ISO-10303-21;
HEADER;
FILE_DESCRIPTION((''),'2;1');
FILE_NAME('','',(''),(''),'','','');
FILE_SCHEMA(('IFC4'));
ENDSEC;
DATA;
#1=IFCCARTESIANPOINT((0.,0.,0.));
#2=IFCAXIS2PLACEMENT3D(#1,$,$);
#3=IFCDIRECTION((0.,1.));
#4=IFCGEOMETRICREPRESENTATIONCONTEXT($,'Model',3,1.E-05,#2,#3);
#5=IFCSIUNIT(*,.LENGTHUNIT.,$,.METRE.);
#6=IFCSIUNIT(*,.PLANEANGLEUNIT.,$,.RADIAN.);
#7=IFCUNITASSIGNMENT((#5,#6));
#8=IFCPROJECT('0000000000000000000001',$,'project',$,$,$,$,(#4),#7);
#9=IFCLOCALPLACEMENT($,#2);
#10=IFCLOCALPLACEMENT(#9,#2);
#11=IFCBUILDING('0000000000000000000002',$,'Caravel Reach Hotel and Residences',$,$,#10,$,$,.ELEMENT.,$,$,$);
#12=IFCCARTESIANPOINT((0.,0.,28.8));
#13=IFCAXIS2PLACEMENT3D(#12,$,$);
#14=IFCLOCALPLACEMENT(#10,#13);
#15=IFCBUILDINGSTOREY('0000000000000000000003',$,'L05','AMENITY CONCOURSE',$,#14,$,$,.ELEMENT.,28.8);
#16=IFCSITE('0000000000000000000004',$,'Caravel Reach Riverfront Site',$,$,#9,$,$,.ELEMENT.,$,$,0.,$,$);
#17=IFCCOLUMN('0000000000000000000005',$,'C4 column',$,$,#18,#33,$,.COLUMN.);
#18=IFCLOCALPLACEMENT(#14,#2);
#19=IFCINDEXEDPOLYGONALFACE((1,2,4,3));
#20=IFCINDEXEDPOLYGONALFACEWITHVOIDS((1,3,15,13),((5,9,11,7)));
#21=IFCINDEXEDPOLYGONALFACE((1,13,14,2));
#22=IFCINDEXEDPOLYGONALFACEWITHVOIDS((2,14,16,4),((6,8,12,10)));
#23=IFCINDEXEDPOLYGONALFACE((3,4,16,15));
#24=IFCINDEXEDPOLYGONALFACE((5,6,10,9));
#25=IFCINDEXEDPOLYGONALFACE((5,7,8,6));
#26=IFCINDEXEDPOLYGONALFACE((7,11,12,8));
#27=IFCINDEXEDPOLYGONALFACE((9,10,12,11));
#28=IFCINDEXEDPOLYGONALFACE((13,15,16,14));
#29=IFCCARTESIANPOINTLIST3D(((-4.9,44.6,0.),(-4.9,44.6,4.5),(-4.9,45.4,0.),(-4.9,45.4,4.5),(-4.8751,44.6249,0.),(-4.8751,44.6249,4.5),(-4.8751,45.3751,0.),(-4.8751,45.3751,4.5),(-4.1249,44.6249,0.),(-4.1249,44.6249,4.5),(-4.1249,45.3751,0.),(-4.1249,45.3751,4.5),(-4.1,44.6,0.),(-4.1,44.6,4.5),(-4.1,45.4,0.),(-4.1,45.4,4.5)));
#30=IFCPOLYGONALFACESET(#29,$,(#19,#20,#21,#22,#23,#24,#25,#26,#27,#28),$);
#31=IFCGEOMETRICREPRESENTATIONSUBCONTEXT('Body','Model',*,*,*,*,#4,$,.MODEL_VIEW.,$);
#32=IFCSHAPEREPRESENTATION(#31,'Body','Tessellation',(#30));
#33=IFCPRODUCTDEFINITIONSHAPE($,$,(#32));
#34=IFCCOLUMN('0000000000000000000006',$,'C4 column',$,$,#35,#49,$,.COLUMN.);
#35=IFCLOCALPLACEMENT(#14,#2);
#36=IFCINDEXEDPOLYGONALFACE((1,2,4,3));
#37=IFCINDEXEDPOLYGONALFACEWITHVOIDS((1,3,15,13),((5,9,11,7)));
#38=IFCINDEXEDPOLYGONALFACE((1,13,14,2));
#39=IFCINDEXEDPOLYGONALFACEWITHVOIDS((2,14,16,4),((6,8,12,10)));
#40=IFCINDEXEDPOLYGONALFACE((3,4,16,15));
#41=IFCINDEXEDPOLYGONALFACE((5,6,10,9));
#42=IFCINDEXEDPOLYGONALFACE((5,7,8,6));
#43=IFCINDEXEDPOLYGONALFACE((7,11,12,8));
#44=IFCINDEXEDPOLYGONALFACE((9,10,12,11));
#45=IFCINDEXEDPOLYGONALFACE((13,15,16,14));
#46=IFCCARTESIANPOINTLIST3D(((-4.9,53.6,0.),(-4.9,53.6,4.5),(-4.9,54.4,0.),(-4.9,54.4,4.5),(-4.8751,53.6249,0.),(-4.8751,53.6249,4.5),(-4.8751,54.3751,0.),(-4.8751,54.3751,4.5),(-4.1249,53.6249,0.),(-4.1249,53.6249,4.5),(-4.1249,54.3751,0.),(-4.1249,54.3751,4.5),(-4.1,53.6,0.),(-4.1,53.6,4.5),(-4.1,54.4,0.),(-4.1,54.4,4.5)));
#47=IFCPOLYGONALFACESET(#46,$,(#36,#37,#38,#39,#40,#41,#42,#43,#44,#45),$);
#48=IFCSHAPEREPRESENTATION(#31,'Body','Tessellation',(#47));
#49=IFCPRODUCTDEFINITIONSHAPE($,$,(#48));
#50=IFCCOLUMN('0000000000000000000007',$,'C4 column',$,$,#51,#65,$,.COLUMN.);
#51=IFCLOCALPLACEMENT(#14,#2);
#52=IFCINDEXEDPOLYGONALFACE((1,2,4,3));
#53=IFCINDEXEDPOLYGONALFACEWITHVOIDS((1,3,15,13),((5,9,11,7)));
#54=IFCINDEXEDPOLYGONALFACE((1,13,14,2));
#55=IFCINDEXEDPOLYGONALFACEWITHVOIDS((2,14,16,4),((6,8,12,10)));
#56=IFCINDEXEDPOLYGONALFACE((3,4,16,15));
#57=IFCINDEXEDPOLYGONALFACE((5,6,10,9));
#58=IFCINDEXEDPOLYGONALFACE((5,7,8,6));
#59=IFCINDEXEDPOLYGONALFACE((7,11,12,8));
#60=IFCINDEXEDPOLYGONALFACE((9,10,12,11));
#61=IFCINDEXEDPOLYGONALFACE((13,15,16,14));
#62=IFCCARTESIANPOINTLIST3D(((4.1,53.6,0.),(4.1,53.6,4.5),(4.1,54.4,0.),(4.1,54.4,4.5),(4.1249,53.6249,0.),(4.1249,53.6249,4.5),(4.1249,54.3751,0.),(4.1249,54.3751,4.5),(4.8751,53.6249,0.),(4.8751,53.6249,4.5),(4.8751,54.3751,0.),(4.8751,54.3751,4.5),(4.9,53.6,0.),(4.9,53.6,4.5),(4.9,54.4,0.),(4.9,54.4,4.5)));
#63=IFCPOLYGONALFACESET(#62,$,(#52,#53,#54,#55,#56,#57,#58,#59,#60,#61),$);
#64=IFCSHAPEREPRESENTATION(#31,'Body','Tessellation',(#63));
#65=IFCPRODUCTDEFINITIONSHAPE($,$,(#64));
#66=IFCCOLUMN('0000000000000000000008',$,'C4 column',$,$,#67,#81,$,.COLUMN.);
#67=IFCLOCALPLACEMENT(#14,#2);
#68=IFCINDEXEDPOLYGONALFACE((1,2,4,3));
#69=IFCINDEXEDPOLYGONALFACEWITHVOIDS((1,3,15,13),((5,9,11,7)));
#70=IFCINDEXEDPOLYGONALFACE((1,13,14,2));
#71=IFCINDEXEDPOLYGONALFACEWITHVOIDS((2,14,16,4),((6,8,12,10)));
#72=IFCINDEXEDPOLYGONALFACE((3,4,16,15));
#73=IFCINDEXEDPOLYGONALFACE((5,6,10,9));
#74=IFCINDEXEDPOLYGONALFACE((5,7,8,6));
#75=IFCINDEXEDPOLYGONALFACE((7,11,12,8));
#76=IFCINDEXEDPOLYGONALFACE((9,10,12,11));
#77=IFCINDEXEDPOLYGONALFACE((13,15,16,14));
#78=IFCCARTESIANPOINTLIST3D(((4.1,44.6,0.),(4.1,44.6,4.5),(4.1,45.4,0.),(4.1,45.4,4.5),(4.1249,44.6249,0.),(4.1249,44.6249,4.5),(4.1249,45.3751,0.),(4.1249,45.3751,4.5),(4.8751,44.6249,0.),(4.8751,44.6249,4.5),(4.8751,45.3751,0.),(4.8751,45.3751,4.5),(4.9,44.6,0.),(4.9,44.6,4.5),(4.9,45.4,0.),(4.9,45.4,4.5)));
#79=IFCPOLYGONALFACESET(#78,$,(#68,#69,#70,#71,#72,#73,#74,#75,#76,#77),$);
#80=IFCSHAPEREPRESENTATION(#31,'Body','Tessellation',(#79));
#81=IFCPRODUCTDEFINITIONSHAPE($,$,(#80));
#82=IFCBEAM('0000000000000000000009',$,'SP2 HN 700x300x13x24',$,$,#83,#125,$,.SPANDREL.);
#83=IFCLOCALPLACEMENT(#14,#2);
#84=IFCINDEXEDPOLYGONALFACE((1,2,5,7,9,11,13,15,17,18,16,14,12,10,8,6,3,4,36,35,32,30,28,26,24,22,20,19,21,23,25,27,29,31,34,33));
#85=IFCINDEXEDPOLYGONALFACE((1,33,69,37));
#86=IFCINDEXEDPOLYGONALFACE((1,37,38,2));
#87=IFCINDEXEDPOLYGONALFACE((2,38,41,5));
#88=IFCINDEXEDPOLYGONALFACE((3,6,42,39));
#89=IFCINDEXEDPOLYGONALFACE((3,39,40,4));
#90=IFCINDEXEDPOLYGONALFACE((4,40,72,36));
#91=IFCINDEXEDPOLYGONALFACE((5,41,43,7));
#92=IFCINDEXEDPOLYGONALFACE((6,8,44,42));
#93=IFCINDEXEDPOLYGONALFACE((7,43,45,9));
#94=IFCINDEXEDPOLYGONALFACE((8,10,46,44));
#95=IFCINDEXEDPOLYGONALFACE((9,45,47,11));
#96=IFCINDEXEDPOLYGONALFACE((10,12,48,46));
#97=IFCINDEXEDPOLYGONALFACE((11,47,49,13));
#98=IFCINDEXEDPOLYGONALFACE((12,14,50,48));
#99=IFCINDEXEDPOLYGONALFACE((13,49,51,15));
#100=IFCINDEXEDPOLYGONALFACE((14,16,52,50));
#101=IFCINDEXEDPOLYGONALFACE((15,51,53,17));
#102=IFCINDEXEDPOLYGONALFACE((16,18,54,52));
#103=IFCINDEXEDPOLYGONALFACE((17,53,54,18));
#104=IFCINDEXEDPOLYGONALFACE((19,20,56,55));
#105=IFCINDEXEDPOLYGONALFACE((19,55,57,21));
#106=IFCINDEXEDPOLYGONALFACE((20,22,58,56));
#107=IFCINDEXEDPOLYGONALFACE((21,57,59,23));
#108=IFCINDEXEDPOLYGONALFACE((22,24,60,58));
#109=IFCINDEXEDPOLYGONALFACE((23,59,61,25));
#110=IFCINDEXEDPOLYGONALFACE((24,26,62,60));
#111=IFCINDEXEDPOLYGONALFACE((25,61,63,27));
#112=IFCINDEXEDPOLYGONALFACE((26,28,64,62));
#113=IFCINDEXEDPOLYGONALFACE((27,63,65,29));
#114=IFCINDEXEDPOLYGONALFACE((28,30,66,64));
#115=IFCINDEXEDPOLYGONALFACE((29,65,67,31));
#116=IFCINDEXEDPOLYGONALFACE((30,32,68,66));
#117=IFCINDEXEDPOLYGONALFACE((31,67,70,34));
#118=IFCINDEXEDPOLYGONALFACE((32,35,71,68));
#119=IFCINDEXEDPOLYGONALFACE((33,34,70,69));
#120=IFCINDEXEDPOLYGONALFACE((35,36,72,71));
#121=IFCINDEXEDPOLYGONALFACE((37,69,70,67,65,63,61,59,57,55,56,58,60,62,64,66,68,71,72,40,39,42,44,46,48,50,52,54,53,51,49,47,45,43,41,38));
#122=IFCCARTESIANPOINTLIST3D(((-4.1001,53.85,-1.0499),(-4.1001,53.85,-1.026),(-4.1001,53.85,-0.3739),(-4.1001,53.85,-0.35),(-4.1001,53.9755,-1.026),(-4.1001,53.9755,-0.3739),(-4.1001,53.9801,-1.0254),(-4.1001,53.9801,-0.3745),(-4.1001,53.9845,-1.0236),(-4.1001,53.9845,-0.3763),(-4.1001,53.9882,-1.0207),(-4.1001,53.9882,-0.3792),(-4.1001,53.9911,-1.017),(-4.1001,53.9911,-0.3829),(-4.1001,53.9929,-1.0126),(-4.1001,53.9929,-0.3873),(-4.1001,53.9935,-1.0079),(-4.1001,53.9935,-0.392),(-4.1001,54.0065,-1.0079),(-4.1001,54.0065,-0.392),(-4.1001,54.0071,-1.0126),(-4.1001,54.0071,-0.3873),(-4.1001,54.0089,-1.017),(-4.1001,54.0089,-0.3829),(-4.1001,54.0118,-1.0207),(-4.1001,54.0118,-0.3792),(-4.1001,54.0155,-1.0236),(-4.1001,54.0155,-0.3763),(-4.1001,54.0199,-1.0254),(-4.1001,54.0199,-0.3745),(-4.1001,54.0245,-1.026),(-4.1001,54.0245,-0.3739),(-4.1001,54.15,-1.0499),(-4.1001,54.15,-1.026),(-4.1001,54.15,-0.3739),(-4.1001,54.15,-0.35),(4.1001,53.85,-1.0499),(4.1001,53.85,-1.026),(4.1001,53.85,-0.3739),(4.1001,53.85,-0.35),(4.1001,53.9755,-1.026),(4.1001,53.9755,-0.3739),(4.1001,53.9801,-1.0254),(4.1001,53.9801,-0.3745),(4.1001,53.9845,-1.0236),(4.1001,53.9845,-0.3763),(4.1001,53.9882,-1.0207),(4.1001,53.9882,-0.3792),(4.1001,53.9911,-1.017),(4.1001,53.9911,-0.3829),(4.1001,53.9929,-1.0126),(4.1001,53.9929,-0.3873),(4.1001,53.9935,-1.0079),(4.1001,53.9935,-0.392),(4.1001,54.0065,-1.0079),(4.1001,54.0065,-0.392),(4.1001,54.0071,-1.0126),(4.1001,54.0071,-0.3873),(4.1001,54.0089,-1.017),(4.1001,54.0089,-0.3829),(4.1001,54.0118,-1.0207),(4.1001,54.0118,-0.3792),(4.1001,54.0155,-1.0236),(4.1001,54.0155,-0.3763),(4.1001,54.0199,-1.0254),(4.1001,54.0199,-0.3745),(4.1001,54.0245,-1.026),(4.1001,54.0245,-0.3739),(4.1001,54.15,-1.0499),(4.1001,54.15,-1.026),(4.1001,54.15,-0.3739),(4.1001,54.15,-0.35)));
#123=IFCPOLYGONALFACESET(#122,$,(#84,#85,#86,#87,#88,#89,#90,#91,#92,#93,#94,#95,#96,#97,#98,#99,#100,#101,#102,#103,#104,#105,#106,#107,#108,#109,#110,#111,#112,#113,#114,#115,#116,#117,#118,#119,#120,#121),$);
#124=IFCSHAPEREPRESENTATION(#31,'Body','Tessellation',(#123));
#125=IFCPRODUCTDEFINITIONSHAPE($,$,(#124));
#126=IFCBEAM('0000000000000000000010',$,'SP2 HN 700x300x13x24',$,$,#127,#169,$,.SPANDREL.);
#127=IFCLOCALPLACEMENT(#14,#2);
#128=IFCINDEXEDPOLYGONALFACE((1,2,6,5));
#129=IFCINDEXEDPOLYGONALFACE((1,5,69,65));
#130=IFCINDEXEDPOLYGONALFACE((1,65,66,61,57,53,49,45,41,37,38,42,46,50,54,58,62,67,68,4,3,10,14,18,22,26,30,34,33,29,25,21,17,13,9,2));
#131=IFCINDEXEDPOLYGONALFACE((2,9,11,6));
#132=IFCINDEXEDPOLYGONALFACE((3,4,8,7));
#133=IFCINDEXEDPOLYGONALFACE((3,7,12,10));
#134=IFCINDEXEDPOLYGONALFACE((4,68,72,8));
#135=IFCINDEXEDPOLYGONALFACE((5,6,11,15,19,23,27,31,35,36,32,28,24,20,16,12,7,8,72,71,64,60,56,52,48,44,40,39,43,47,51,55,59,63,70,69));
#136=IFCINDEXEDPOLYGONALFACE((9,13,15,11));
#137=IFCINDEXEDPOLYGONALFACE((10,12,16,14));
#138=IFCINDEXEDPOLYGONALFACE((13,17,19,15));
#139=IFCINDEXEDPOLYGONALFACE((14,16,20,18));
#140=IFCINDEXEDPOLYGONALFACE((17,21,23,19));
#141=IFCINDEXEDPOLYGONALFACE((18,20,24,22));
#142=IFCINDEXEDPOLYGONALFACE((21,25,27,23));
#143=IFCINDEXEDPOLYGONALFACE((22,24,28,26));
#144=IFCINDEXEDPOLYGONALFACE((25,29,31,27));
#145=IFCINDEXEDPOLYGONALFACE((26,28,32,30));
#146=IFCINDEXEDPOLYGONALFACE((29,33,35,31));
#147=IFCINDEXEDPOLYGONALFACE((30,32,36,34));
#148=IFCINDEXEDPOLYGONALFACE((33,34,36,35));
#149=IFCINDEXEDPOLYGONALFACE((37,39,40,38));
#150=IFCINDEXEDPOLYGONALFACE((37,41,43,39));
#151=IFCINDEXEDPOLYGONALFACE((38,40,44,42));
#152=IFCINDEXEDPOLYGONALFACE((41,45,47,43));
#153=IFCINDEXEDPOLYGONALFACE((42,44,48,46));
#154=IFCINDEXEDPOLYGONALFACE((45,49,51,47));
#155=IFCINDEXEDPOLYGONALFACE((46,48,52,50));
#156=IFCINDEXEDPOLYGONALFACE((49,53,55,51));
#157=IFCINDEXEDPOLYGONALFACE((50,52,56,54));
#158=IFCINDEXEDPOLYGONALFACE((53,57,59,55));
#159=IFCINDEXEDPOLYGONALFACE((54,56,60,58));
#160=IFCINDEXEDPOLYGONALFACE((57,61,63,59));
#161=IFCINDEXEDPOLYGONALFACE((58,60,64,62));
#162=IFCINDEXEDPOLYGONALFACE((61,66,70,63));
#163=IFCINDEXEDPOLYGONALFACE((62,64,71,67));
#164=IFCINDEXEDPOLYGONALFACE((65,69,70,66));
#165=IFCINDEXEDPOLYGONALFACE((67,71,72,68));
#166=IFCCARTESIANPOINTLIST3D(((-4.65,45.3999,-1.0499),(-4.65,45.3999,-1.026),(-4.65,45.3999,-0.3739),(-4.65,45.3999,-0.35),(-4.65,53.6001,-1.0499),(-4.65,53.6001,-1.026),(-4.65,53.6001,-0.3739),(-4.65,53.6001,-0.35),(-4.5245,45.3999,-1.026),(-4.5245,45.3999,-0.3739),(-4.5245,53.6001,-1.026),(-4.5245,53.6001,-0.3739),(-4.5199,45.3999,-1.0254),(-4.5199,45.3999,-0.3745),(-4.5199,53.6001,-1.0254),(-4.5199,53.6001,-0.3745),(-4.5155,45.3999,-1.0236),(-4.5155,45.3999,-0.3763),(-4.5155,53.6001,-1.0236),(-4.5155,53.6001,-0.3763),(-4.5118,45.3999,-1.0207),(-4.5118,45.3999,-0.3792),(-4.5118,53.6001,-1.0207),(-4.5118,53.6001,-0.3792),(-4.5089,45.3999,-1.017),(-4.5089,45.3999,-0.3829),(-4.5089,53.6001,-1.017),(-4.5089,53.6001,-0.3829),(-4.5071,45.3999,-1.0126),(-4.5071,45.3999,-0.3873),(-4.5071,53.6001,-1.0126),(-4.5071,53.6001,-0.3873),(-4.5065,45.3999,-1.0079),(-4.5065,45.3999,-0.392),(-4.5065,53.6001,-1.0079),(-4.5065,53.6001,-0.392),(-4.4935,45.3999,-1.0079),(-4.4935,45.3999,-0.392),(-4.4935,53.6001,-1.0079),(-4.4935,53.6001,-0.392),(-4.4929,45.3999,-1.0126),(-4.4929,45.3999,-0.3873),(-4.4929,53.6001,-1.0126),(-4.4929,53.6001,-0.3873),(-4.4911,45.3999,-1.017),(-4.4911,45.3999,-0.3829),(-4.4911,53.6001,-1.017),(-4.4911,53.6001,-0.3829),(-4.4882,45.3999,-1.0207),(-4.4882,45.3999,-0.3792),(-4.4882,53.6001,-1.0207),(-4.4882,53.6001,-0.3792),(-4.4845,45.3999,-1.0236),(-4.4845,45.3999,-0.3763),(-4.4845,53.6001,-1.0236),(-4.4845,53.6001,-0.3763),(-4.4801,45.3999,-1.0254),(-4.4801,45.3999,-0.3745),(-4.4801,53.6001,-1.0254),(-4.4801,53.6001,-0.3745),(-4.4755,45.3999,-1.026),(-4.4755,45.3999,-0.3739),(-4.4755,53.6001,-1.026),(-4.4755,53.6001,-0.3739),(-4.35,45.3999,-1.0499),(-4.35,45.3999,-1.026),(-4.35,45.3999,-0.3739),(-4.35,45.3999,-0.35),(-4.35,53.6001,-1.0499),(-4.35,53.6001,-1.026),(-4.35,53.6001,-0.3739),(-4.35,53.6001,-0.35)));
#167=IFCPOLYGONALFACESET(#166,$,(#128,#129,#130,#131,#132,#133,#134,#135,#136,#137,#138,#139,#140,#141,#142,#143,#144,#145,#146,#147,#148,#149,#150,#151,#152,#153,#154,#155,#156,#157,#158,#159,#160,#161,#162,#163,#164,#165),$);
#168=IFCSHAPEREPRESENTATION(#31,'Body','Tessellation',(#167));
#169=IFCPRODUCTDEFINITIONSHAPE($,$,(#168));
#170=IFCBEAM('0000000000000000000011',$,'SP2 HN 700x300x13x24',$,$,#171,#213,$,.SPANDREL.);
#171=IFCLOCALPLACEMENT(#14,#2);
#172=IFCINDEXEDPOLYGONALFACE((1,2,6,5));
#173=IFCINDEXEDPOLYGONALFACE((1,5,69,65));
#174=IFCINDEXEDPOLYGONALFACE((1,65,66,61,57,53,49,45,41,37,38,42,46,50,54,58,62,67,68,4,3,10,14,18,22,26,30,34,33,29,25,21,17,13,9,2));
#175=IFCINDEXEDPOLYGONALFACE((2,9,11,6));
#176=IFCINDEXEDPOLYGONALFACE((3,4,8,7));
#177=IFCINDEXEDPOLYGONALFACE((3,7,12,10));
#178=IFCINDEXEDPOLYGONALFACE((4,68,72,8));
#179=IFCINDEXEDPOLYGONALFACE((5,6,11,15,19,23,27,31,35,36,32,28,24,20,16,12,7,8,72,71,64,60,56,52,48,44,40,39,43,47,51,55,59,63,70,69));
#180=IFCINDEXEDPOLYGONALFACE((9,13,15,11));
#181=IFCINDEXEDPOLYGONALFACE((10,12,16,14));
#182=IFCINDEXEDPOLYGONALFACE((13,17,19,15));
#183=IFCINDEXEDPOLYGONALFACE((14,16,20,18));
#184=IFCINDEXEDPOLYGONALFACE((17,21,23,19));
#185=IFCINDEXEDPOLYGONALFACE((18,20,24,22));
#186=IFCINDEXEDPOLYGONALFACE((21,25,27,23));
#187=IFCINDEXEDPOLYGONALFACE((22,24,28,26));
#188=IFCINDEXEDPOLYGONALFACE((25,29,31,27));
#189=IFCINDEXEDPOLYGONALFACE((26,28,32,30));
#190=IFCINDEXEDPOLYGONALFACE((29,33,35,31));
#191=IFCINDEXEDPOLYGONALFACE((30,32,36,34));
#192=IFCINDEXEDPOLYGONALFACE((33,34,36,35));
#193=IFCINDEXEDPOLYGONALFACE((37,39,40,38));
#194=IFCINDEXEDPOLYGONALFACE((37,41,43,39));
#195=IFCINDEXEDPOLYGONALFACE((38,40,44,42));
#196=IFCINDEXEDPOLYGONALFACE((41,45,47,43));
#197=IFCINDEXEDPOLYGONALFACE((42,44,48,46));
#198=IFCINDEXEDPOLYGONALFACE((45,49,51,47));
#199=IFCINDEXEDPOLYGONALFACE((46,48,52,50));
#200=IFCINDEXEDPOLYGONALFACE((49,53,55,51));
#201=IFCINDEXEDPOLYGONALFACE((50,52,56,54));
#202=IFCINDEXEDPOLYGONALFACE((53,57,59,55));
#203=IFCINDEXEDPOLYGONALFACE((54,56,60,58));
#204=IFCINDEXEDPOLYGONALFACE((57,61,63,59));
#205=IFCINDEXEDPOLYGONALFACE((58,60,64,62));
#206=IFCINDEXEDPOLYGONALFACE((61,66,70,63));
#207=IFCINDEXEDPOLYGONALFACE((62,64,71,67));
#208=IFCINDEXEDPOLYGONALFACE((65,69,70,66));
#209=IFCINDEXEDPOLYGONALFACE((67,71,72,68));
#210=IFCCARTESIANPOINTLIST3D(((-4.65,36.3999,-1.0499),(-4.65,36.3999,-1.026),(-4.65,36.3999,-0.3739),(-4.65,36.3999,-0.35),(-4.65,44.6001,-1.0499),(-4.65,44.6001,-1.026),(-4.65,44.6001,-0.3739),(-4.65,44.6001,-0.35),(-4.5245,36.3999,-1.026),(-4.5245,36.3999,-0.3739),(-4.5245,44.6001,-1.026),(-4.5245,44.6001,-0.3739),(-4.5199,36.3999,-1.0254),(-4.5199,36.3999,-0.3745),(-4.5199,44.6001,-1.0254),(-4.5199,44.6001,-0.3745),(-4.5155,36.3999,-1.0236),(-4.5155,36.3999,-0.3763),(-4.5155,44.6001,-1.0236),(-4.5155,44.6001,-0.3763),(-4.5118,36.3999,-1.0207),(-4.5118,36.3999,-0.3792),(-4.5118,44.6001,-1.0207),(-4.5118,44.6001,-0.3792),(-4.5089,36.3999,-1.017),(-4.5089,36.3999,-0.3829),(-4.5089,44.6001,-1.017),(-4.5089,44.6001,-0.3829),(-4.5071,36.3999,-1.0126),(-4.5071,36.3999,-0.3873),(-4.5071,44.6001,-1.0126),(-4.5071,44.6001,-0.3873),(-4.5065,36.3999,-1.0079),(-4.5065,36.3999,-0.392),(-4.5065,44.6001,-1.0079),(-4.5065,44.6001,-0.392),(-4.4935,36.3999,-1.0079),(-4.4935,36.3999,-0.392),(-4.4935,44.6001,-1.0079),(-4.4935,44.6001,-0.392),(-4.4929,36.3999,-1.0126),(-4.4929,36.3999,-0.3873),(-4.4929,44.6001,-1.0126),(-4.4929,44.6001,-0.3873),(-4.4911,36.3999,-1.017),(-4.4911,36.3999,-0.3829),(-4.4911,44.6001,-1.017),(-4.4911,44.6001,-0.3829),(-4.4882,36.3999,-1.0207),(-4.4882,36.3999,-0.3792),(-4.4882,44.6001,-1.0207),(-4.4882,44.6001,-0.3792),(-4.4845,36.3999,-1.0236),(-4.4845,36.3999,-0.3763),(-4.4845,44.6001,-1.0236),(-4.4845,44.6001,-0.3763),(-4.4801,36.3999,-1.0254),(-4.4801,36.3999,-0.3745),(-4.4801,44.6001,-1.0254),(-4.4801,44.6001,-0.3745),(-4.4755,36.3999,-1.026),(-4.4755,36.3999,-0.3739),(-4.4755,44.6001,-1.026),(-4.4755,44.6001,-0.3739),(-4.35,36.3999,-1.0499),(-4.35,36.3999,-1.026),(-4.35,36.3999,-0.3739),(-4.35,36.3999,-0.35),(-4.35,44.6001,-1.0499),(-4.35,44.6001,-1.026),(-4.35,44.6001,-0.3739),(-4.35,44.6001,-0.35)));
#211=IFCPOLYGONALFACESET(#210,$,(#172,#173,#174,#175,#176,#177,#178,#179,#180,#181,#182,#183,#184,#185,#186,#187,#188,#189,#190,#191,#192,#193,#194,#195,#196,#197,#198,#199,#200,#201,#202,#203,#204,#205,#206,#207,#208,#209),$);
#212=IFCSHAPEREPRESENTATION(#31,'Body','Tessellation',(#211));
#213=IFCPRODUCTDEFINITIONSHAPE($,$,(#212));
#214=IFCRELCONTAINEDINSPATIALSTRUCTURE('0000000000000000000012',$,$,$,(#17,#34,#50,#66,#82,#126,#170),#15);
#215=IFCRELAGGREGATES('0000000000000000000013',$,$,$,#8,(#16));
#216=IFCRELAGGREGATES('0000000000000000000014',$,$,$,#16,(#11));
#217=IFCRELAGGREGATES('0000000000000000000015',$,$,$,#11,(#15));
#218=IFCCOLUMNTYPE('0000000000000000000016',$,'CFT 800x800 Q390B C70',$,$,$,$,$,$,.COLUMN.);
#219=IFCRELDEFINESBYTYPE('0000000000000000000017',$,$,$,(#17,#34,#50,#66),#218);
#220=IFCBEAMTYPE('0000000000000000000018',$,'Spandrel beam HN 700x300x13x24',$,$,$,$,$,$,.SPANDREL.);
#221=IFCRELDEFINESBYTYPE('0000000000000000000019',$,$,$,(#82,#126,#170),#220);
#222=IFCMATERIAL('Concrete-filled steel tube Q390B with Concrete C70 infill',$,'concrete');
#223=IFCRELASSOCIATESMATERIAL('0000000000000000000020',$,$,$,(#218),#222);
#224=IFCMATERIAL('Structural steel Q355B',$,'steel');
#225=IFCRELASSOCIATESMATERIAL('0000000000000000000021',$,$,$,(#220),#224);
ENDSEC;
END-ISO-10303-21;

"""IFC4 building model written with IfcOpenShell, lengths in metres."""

from ifc_helpers import new_model, si_unit, direction, frame, origin, origin_2d, place, context, subcontext, project, spatial, hollow_rectangle, i_section, extrude, material, material_profile, profile_set, type_object, element, save


model = new_model("IFC4")

# Units and contexts
model_context = context("Model", 3, precision=1e-05, world=origin(), true_north=direction((0.0, 1.0)))
body_context = subcontext(model_context, "Body", "Model", "MODEL_VIEW")
ifc_project = project(units=[si_unit("LENGTHUNIT", "METRE"), si_unit("PLANEANGLEUNIT", "RADIAN")], contexts=[model_context])

# Site, building, storey
site_placement = place(None, origin())
site = spatial("IfcSite", under=ifc_project, at=site_placement, Name="Caravel Reach Riverfront Site", CompositionType="ELEMENT", RefElevation=0.0)
building_placement = place(site_placement, origin())
building = spatial("IfcBuilding", under=site, at=building_placement, Name="Caravel Reach Hotel and Residences", CompositionType="ELEMENT")
storey_placement = place(building_placement, frame((0.0, 0.0, 28.8)))
storey = spatial("IfcBuildingStorey", under=building, at=storey_placement, Name="L05", Description="AMENITY CONCOURSE", CompositionType="ELEMENT", Elevation=28.8)

# Columns
ifc_material_1 = material(Name="Concrete-filled steel tube Q390B with Concrete C70 infill", Category="concrete")
ifc_material_profile_1 = material_profile(ifc_material_1, hollow_rectangle(XDim=0.8, YDim=0.8, WallThickness=0.0249, at=origin_2d()), Name="RHS 800x800x25")
ifc_profile_set_1 = profile_set([ifc_material_profile_1], Name="Concrete-filled steel tube Q390B with Concrete C70 infill")
column_type = type_object("IfcColumnType", Name="CFT 800x800 Q390B C70", PredefinedType="COLUMN", material=ifc_profile_set_1)
for number, where, z_axis, x_axis, name in (
    (1, (-4.5, 45.0, 0.0), (0.0, 0.0, 1.0), (1.0, 0.0, 0.0), "C4 column"),
    (2, (-4.5, 54.0, 0.0), (0.0, 0.0, 1.0), (1.0, 0.0, 0.0), "C4 column"),
    (3, (4.5, 54.0, 0.0), (0.0, 0.0, 1.0), (1.0, 0.0, 0.0), "C4 column"),
    (4, (4.5, 45.0, 0.0), (0.0, 0.0, 1.0), (1.0, 0.0, 0.0), "C4 column"),
):
    element("IfcColumn", number, at=place(storey_placement, frame(where, z_axis=z_axis, x_axis=x_axis)), inside=storey, type_object=column_type, Name=name, PredefinedType="COLUMN", context=body_context, shape_type="SweptSolid", body=[
        extrude(hollow_rectangle(XDim=0.8, YDim=0.8, WallThickness=0.0249, at=origin_2d()), origin(), (0.0, 0.0, 1.0), 4.5),
    ])

# Beams
ifc_material_2 = material(Name="Structural steel Q355B", Category="steel")
ifc_material_profile_2 = material_profile(ifc_material_2, i_section(OverallWidth=0.3, OverallDepth=0.7, WebThickness=0.0129, FlangeThickness=0.0239, FilletRadius=0.0181, at=origin_2d()), Name="HN 700x300x13x24")
ifc_profile_set_2 = profile_set([ifc_material_profile_2], Name="Structural steel Q355B")
beam_type = type_object("IfcBeamType", Name="Spandrel beam HN 700x300x13x24", PredefinedType="SPANDREL", material=ifc_profile_set_2)
for number, where, z_axis, x_axis, name in (
    (5, (4.1001, 54.0, -0.7), (-1.0, 0.0, 0.0), (0.0, -1.0, 0.0), "SP2 HN 700x300x13x24"),
    (6, (-4.5, 53.6001, -0.7), (0.0, -1.0, 0.0), (1.0, 0.0, 0.0), "SP2 HN 700x300x13x24"),
    (7, (-4.5, 44.6001, -0.7), (0.0, -1.0, 0.0), (1.0, 0.0, 0.0), "SP2 HN 700x300x13x24"),
):
    element("IfcBeam", number, at=place(storey_placement, frame(where, z_axis=z_axis, x_axis=x_axis)), inside=storey, type_object=beam_type, Name=name, PredefinedType="SPANDREL", context=body_context, shape_type="SweptSolid", body=[
        extrude(i_section(OverallWidth=0.3, OverallDepth=0.7, WebThickness=0.0129, FlangeThickness=0.0239, FilletRadius=0.0181, at=origin_2d()), origin(), (0.0, 0.0, 1.0), 8.2002),
    ])

save(model, "model.ifc")
